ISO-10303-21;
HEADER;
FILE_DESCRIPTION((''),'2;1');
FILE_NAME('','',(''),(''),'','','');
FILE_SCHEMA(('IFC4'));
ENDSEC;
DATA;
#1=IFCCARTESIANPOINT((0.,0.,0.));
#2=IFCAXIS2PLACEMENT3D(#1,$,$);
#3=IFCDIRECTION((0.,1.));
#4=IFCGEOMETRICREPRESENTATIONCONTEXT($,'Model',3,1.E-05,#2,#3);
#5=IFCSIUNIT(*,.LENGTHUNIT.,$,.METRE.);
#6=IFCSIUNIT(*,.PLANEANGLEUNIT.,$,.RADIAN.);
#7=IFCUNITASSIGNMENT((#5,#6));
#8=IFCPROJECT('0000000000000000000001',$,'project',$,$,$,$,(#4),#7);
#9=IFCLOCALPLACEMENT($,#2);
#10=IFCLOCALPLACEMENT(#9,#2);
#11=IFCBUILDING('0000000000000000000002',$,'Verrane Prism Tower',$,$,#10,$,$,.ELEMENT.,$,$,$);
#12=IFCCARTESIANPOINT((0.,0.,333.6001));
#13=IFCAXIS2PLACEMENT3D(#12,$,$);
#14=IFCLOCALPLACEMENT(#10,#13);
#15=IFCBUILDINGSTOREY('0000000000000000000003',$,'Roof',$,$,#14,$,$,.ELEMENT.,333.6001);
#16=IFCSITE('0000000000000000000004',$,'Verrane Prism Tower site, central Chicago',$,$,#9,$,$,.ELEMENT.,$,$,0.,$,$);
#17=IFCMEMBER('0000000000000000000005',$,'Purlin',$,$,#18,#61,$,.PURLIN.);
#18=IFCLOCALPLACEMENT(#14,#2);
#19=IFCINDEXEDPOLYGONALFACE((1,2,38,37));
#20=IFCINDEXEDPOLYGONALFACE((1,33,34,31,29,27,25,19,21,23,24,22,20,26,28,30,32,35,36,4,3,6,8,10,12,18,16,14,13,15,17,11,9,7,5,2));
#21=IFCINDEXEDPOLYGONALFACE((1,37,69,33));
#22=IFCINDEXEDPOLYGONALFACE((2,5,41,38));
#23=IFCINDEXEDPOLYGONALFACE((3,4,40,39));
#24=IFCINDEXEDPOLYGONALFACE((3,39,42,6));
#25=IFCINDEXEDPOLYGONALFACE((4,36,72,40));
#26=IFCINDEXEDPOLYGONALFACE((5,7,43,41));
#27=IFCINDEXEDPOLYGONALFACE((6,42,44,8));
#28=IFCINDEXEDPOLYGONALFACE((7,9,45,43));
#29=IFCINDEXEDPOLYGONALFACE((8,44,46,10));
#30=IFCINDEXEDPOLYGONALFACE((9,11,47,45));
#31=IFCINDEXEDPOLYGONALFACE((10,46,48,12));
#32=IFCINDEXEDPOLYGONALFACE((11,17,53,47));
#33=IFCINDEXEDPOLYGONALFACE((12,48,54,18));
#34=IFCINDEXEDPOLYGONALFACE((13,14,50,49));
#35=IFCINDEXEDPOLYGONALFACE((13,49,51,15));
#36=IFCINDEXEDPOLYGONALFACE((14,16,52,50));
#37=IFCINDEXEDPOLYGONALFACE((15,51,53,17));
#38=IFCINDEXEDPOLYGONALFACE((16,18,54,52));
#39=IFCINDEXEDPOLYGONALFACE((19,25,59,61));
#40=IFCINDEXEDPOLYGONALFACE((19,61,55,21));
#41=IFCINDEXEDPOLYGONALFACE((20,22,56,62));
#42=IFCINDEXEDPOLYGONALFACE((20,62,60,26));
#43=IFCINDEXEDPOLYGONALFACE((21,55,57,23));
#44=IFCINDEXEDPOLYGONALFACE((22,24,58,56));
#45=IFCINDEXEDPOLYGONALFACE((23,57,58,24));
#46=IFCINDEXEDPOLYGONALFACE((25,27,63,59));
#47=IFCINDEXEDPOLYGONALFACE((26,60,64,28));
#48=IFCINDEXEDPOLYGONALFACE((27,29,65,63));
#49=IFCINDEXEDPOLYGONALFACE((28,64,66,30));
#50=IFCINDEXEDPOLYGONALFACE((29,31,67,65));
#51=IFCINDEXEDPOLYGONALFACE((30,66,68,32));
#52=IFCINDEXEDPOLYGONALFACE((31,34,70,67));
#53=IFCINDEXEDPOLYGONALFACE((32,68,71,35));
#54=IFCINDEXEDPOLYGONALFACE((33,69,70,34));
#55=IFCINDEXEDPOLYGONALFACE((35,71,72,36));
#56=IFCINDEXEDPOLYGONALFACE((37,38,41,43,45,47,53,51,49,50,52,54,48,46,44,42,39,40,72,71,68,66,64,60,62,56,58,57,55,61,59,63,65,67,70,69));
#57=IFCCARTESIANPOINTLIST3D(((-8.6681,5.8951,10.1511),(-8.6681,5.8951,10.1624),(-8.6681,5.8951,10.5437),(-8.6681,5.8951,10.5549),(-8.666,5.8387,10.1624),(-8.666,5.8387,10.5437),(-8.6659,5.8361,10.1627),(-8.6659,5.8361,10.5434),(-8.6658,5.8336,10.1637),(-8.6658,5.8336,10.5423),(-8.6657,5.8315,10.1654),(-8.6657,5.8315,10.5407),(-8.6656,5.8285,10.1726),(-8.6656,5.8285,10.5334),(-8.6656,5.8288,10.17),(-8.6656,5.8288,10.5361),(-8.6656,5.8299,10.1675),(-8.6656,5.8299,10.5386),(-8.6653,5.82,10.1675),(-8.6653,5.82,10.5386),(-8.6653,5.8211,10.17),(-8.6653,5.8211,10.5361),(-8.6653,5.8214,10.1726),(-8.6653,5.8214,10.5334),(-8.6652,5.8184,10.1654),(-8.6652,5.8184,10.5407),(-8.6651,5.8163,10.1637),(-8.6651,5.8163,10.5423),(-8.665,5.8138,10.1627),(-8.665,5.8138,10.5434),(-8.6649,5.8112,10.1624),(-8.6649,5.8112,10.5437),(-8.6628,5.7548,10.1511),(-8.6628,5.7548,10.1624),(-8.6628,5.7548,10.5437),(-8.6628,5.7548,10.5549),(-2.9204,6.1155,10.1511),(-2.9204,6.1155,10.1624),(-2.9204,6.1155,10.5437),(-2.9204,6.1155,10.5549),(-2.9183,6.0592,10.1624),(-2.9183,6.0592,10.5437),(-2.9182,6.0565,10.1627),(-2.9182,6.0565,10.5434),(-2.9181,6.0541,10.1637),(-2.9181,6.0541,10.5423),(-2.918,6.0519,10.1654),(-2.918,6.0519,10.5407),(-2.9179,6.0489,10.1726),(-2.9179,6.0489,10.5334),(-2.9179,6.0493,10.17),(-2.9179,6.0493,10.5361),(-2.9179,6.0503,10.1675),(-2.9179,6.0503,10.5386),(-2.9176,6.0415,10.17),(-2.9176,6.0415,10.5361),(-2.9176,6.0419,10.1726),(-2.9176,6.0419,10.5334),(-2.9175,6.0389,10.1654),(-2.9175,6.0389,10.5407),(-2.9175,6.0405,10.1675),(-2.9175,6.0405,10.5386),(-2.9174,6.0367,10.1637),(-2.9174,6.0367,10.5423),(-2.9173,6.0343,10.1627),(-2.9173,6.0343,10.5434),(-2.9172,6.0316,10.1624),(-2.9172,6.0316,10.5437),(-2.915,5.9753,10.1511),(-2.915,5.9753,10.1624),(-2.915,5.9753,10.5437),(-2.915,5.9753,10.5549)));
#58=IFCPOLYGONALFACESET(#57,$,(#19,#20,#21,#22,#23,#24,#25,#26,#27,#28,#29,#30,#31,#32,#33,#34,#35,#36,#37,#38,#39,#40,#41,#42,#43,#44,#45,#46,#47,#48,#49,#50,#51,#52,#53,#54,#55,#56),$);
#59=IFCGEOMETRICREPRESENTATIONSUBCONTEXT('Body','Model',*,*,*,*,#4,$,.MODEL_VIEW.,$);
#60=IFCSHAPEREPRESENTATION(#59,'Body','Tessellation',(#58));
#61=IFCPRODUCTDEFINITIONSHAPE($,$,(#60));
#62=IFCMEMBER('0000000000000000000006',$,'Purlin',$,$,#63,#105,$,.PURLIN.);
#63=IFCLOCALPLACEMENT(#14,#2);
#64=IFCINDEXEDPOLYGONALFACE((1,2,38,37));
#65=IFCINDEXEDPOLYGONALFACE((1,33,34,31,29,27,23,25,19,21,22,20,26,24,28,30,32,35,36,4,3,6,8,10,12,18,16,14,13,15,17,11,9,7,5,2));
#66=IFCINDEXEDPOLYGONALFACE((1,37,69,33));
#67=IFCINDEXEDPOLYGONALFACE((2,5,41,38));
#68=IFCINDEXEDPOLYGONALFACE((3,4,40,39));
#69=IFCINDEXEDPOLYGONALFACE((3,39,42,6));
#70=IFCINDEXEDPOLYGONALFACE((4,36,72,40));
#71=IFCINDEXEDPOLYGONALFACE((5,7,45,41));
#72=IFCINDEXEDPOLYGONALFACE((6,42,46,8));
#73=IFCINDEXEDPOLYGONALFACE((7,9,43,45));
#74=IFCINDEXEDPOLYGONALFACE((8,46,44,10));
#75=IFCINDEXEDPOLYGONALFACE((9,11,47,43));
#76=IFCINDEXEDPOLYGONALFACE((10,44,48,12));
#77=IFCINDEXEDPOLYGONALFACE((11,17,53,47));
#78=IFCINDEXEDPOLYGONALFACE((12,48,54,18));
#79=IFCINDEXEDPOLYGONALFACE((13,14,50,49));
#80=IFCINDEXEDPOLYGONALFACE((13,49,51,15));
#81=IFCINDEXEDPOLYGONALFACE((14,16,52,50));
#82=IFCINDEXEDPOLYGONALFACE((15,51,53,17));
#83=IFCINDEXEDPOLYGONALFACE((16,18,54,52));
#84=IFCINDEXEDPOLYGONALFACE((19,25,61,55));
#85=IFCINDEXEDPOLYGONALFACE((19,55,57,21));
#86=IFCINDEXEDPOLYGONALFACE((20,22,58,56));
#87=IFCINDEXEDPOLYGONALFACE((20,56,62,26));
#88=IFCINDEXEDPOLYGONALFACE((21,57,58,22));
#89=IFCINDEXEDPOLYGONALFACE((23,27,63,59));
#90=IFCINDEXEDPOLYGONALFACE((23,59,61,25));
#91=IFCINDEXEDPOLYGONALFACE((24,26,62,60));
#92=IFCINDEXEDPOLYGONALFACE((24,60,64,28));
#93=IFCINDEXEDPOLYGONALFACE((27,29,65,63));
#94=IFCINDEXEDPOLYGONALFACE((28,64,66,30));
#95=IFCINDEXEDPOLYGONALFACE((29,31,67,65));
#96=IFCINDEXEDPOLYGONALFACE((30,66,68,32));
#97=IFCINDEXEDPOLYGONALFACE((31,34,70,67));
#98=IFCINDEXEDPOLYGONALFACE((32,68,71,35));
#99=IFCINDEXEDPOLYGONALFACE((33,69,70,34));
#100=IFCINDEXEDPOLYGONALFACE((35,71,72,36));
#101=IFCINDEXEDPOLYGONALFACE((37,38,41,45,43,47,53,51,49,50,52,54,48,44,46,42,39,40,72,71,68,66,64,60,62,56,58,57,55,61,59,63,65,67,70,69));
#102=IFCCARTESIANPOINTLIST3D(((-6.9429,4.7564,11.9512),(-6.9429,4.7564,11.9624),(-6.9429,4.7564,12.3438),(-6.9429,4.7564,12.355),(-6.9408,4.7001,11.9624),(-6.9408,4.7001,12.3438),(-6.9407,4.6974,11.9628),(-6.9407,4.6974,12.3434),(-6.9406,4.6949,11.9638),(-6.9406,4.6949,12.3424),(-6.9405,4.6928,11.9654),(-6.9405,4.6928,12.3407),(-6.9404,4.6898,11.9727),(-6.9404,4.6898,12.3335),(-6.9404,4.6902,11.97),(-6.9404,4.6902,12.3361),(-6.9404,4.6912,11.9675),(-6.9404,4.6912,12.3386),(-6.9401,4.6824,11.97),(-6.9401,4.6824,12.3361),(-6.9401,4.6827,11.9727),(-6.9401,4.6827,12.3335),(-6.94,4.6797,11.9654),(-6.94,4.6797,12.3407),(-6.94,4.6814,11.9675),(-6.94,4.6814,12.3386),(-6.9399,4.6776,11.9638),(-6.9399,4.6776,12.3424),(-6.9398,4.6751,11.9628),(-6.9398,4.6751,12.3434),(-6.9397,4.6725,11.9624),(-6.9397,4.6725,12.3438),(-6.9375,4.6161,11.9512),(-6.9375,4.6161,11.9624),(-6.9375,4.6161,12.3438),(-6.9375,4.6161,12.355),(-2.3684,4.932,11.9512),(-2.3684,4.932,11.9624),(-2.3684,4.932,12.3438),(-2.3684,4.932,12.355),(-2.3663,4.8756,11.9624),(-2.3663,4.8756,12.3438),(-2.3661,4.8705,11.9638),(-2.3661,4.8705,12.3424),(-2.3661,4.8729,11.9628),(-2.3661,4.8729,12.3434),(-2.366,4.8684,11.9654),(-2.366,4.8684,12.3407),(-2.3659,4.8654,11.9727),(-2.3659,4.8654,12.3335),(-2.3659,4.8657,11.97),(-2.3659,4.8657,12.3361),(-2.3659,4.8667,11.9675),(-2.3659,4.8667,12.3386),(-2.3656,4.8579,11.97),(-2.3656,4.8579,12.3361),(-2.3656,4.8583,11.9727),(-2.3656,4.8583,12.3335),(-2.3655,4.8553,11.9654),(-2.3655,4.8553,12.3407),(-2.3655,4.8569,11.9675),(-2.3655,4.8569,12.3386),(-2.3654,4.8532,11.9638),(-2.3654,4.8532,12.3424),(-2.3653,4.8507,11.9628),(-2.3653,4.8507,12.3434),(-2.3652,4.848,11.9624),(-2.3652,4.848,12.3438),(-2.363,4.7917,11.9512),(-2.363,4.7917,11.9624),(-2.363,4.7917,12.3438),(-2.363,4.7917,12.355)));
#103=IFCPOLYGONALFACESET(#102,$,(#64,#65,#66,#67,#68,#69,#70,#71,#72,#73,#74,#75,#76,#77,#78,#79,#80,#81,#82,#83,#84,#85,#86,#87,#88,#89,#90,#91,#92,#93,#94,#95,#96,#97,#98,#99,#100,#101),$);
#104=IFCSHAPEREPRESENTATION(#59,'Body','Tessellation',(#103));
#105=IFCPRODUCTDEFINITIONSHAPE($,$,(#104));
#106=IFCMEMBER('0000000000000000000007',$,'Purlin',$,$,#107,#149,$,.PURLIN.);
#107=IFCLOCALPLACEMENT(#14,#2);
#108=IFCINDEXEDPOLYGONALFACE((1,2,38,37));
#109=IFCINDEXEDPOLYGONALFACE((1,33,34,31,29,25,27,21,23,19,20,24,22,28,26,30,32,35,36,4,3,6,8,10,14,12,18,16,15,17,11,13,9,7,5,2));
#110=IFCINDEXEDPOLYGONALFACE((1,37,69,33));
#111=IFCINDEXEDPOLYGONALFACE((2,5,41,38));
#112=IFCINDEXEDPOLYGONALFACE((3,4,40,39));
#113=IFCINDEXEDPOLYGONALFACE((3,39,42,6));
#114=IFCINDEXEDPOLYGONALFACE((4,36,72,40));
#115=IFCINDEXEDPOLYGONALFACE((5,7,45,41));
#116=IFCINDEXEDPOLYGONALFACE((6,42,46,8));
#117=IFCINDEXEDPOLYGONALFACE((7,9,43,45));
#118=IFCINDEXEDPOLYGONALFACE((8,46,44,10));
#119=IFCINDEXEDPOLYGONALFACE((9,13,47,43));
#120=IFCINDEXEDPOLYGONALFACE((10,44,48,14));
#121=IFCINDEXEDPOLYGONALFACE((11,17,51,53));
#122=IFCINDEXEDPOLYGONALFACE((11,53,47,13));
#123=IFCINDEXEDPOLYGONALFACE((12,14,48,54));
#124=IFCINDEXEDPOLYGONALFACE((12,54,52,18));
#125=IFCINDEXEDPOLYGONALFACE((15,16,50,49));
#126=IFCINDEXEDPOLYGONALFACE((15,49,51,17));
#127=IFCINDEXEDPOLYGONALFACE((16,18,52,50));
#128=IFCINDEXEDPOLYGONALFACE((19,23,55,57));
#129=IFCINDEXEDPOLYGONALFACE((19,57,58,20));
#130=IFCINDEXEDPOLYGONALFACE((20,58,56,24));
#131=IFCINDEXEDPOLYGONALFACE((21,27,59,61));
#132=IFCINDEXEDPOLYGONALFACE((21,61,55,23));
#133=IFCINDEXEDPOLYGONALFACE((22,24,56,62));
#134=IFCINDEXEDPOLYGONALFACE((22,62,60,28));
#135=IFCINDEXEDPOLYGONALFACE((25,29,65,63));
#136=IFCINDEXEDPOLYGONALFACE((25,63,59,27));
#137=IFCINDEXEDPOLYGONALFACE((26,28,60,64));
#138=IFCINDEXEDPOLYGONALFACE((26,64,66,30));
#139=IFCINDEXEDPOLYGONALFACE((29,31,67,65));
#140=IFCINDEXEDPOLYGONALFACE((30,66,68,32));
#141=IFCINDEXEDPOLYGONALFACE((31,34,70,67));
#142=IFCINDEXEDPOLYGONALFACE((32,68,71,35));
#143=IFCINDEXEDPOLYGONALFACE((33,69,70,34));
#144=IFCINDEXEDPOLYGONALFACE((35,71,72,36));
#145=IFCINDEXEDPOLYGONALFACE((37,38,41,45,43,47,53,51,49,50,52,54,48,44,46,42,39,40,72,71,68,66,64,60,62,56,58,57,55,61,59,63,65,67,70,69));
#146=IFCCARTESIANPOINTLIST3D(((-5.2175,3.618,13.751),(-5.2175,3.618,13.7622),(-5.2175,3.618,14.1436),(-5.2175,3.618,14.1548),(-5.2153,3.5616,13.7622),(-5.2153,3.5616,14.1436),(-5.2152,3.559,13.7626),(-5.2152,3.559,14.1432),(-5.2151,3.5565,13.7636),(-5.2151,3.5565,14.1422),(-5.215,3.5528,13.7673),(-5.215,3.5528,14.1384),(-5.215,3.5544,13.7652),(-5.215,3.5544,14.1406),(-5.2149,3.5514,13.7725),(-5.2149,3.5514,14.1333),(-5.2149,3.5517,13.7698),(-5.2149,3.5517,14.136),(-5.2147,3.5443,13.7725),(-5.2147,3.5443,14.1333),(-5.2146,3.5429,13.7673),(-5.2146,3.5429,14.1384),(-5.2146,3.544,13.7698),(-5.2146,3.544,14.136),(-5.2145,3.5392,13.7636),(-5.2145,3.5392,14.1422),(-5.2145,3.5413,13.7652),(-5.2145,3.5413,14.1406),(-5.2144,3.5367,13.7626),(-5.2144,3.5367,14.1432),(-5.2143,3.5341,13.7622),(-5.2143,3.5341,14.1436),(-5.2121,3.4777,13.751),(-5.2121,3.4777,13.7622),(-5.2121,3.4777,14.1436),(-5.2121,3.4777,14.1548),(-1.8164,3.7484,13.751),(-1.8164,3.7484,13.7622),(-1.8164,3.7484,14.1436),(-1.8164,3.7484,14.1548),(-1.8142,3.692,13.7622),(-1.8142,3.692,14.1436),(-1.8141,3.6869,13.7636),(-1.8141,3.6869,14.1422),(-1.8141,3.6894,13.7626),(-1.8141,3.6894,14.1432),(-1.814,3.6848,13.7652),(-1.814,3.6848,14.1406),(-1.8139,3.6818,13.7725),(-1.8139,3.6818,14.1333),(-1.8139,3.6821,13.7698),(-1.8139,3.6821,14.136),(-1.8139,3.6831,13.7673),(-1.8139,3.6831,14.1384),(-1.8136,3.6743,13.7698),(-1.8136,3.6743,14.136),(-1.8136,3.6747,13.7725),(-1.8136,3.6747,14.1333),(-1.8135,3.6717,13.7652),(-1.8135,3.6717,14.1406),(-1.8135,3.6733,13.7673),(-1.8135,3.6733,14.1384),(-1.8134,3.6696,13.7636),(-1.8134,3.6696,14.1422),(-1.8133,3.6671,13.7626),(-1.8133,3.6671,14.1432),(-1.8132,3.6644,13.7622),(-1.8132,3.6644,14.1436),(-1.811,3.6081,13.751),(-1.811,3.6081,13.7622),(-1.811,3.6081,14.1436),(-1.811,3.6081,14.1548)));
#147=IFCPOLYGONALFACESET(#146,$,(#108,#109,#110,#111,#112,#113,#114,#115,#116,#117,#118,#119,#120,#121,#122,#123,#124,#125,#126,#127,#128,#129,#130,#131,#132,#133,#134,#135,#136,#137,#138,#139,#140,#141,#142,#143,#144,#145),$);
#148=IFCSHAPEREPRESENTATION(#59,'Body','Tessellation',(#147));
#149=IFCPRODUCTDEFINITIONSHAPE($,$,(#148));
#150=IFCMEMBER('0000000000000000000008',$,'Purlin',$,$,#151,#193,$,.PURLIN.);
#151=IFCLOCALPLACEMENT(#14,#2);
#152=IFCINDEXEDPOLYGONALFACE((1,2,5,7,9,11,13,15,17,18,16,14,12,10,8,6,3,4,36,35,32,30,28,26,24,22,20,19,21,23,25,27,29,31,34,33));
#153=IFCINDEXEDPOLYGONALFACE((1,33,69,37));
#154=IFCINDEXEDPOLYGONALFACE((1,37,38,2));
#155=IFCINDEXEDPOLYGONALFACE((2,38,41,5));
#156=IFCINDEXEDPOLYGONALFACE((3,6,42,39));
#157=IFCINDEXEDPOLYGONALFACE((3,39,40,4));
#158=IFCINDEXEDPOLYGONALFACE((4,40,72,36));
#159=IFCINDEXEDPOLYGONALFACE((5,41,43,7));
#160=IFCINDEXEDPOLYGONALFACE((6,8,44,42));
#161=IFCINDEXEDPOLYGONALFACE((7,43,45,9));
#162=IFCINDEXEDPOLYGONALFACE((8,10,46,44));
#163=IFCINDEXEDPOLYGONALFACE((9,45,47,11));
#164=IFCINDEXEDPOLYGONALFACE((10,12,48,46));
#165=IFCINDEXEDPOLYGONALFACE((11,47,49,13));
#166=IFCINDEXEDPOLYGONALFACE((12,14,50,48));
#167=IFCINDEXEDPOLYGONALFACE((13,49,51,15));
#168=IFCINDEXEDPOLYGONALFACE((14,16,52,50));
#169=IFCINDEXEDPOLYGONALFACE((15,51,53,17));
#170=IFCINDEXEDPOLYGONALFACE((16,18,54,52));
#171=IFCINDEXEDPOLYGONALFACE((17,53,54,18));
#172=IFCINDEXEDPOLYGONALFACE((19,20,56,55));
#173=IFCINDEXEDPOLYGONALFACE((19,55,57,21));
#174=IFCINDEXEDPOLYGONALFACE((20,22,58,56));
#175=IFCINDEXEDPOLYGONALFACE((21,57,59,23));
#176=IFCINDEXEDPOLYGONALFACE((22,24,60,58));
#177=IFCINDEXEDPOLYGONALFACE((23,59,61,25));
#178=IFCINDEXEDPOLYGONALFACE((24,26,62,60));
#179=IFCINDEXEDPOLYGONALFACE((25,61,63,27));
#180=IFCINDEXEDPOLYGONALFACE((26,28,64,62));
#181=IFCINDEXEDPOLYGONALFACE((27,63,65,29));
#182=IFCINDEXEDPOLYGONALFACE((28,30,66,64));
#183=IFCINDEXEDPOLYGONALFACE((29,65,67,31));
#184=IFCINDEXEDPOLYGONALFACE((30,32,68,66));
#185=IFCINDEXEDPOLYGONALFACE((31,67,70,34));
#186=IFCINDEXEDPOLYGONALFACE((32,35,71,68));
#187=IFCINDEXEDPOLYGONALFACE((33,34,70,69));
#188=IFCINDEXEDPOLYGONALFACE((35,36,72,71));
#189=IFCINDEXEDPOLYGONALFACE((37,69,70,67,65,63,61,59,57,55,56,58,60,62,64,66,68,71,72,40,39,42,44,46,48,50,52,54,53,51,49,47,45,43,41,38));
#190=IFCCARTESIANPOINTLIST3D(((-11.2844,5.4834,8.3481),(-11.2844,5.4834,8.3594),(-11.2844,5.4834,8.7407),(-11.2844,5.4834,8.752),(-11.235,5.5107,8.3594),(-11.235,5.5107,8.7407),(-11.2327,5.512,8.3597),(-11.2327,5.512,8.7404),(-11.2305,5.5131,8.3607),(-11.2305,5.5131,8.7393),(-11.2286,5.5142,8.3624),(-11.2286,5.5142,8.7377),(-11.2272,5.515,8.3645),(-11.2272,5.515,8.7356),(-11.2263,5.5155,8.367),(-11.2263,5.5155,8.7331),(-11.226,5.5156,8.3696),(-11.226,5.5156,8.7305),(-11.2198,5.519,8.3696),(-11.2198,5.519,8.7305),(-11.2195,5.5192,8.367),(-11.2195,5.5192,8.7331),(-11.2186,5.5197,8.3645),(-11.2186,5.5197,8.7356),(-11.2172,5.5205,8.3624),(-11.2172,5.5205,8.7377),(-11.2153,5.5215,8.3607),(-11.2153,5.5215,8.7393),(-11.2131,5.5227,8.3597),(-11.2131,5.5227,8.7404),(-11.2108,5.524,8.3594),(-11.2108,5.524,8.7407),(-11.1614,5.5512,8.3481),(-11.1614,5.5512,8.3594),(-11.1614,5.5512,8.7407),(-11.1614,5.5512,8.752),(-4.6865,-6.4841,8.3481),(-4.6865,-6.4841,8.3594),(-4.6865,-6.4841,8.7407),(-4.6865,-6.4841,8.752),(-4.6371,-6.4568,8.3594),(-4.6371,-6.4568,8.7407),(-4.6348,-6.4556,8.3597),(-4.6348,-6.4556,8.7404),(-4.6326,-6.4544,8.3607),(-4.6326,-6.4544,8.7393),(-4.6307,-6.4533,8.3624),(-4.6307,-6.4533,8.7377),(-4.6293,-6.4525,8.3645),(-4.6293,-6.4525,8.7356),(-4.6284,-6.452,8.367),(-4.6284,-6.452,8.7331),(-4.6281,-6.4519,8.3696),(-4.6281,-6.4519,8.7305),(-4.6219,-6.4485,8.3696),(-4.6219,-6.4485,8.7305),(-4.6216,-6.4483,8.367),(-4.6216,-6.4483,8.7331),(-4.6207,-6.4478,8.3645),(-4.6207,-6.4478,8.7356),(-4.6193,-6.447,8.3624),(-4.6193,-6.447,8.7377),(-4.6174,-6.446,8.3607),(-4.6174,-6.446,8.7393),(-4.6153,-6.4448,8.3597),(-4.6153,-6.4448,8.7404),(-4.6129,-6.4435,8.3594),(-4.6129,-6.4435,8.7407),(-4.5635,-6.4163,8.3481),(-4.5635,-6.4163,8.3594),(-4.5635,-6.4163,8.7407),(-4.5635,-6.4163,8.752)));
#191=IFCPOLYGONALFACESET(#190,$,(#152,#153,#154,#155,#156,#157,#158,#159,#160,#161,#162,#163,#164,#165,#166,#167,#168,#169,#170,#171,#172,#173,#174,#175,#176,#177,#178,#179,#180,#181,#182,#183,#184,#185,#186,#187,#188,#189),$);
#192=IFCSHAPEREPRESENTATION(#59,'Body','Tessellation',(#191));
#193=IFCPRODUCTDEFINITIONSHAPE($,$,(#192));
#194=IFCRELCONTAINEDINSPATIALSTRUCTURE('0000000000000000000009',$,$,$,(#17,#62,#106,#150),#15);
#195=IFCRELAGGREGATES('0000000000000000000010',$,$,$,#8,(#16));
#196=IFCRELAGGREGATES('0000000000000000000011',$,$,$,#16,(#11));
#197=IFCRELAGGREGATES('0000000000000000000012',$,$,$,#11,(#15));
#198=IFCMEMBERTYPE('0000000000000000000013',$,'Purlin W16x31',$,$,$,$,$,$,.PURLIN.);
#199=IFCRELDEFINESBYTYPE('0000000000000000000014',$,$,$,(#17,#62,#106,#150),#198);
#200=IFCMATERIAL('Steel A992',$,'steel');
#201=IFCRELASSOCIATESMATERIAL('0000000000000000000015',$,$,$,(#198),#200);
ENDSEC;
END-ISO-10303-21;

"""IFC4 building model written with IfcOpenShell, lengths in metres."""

from ifc_helpers import new_model, si_unit, direction, frame, origin, origin_2d, place, context, subcontext, project, spatial, i_section, extrude, material, material_profile, profile_set, type_object, element, save


model = new_model("IFC4")

# Units and contexts
model_context = context("Model", 3, precision=1e-05, world=origin(), true_north=direction((0.0, 1.0)))
body_context = subcontext(model_context, "Body", "Model", "MODEL_VIEW")
ifc_project = project(units=[si_unit("LENGTHUNIT", "METRE"), si_unit("PLANEANGLEUNIT", "RADIAN")], contexts=[model_context])

# Site, building, storey
site_placement = place(None, origin())
site = spatial("IfcSite", under=ifc_project, at=site_placement, Name="Verrane Prism Tower site, central Chicago", CompositionType="ELEMENT", RefElevation=0.0)
building_placement = place(site_placement, origin())
building = spatial("IfcBuilding", under=site, at=building_placement, Name="Verrane Prism Tower", CompositionType="ELEMENT")
storey_placement = place(building_placement, frame((0.0, 0.0, 333.6001)))
storey = spatial("IfcBuildingStorey", under=building, at=storey_placement, Name="Roof", CompositionType="ELEMENT", Elevation=333.6001)

# Members
ifc_material_1 = material(Name="Steel A992", Category="steel")
ifc_material_profile_1 = material_profile(ifc_material_1, i_section(OverallWidth=0.1404, OverallDepth=0.4038, WebThickness=0.0071, FlangeThickness=0.0112, FilletRadius=0.0103, at=origin_2d()), Name="W16x31")
ifc_profile_set_1 = profile_set([ifc_material_profile_1], Name="Steel A992")
member_type_1 = type_object("IfcMemberType", Name="Purlin W16x31", PredefinedType="PURLIN", material=ifc_profile_set_1)
member_1_placement = place(storey_placement, frame((-2.9177, 6.0454, 10.353), z_axis=(-0.999265, -0.038327, 0.0), x_axis=(0.038327, -0.999265, 0.0)))
element("IfcMember", 1, at=member_1_placement, inside=storey, type_object=member_type_1, Name="Purlin", PredefinedType="PURLIN", context=body_context, shape_type="SweptSolid", body=[
    extrude(i_section(OverallWidth=0.1404, OverallDepth=0.4038, WebThickness=0.0071, FlangeThickness=0.0112, FilletRadius=0.0103, at=origin_2d()), origin(), (0.0, 0.0, 1.0), 5.752),
])
member_2_placement = place(storey_placement, frame((-2.3657, 4.8618, 12.1531), z_axis=(-0.999265, -0.038345, 0.0), x_axis=(0.038345, -0.999265, 0.0)))
element("IfcMember", 2, at=member_2_placement, inside=storey, type_object=member_type_1, Name="Purlin", PredefinedType="PURLIN", context=body_context, shape_type="SweptSolid", body=[
    extrude(i_section(OverallWidth=0.1404, OverallDepth=0.4038, WebThickness=0.0071, FlangeThickness=0.0112, FilletRadius=0.0103, at=origin_2d()), origin(), (0.0, 0.0, 1.0), 4.5779),
])
member_3_placement = place(storey_placement, frame((-1.8137, 3.6782, 13.9529), z_axis=(-0.999266, -0.038304, 0.0), x_axis=(0.038304, -0.999266, 0.0)))
element("IfcMember", 3, at=member_3_placement, inside=storey, type_object=member_type_1, Name="Purlin", PredefinedType="PURLIN", context=body_context, shape_type="SweptSolid", body=[
    extrude(i_section(OverallWidth=0.1404, OverallDepth=0.4038, WebThickness=0.0071, FlangeThickness=0.0112, FilletRadius=0.0103, at=origin_2d()), origin(), (0.0, 0.0, 1.0), 3.4036),
])
member_4_placement = place(storey_placement, frame((-11.2229, 5.5173, 8.55), z_axis=(0.482804, -0.875729, 0.0), x_axis=(0.875729, 0.482804, 0.0)))
element("IfcMember", 4, at=member_4_placement, inside=storey, type_object=member_type_1, Name="Purlin", PredefinedType="PURLIN", context=body_context, shape_type="SweptSolid", body=[
    extrude(i_section(OverallWidth=0.1404, OverallDepth=0.4038, WebThickness=0.0071, FlangeThickness=0.0112, FilletRadius=0.0103, at=origin_2d()), origin(), (0.0, 0.0, 1.0), 13.6658),
])

save(model, "model.ifc")
